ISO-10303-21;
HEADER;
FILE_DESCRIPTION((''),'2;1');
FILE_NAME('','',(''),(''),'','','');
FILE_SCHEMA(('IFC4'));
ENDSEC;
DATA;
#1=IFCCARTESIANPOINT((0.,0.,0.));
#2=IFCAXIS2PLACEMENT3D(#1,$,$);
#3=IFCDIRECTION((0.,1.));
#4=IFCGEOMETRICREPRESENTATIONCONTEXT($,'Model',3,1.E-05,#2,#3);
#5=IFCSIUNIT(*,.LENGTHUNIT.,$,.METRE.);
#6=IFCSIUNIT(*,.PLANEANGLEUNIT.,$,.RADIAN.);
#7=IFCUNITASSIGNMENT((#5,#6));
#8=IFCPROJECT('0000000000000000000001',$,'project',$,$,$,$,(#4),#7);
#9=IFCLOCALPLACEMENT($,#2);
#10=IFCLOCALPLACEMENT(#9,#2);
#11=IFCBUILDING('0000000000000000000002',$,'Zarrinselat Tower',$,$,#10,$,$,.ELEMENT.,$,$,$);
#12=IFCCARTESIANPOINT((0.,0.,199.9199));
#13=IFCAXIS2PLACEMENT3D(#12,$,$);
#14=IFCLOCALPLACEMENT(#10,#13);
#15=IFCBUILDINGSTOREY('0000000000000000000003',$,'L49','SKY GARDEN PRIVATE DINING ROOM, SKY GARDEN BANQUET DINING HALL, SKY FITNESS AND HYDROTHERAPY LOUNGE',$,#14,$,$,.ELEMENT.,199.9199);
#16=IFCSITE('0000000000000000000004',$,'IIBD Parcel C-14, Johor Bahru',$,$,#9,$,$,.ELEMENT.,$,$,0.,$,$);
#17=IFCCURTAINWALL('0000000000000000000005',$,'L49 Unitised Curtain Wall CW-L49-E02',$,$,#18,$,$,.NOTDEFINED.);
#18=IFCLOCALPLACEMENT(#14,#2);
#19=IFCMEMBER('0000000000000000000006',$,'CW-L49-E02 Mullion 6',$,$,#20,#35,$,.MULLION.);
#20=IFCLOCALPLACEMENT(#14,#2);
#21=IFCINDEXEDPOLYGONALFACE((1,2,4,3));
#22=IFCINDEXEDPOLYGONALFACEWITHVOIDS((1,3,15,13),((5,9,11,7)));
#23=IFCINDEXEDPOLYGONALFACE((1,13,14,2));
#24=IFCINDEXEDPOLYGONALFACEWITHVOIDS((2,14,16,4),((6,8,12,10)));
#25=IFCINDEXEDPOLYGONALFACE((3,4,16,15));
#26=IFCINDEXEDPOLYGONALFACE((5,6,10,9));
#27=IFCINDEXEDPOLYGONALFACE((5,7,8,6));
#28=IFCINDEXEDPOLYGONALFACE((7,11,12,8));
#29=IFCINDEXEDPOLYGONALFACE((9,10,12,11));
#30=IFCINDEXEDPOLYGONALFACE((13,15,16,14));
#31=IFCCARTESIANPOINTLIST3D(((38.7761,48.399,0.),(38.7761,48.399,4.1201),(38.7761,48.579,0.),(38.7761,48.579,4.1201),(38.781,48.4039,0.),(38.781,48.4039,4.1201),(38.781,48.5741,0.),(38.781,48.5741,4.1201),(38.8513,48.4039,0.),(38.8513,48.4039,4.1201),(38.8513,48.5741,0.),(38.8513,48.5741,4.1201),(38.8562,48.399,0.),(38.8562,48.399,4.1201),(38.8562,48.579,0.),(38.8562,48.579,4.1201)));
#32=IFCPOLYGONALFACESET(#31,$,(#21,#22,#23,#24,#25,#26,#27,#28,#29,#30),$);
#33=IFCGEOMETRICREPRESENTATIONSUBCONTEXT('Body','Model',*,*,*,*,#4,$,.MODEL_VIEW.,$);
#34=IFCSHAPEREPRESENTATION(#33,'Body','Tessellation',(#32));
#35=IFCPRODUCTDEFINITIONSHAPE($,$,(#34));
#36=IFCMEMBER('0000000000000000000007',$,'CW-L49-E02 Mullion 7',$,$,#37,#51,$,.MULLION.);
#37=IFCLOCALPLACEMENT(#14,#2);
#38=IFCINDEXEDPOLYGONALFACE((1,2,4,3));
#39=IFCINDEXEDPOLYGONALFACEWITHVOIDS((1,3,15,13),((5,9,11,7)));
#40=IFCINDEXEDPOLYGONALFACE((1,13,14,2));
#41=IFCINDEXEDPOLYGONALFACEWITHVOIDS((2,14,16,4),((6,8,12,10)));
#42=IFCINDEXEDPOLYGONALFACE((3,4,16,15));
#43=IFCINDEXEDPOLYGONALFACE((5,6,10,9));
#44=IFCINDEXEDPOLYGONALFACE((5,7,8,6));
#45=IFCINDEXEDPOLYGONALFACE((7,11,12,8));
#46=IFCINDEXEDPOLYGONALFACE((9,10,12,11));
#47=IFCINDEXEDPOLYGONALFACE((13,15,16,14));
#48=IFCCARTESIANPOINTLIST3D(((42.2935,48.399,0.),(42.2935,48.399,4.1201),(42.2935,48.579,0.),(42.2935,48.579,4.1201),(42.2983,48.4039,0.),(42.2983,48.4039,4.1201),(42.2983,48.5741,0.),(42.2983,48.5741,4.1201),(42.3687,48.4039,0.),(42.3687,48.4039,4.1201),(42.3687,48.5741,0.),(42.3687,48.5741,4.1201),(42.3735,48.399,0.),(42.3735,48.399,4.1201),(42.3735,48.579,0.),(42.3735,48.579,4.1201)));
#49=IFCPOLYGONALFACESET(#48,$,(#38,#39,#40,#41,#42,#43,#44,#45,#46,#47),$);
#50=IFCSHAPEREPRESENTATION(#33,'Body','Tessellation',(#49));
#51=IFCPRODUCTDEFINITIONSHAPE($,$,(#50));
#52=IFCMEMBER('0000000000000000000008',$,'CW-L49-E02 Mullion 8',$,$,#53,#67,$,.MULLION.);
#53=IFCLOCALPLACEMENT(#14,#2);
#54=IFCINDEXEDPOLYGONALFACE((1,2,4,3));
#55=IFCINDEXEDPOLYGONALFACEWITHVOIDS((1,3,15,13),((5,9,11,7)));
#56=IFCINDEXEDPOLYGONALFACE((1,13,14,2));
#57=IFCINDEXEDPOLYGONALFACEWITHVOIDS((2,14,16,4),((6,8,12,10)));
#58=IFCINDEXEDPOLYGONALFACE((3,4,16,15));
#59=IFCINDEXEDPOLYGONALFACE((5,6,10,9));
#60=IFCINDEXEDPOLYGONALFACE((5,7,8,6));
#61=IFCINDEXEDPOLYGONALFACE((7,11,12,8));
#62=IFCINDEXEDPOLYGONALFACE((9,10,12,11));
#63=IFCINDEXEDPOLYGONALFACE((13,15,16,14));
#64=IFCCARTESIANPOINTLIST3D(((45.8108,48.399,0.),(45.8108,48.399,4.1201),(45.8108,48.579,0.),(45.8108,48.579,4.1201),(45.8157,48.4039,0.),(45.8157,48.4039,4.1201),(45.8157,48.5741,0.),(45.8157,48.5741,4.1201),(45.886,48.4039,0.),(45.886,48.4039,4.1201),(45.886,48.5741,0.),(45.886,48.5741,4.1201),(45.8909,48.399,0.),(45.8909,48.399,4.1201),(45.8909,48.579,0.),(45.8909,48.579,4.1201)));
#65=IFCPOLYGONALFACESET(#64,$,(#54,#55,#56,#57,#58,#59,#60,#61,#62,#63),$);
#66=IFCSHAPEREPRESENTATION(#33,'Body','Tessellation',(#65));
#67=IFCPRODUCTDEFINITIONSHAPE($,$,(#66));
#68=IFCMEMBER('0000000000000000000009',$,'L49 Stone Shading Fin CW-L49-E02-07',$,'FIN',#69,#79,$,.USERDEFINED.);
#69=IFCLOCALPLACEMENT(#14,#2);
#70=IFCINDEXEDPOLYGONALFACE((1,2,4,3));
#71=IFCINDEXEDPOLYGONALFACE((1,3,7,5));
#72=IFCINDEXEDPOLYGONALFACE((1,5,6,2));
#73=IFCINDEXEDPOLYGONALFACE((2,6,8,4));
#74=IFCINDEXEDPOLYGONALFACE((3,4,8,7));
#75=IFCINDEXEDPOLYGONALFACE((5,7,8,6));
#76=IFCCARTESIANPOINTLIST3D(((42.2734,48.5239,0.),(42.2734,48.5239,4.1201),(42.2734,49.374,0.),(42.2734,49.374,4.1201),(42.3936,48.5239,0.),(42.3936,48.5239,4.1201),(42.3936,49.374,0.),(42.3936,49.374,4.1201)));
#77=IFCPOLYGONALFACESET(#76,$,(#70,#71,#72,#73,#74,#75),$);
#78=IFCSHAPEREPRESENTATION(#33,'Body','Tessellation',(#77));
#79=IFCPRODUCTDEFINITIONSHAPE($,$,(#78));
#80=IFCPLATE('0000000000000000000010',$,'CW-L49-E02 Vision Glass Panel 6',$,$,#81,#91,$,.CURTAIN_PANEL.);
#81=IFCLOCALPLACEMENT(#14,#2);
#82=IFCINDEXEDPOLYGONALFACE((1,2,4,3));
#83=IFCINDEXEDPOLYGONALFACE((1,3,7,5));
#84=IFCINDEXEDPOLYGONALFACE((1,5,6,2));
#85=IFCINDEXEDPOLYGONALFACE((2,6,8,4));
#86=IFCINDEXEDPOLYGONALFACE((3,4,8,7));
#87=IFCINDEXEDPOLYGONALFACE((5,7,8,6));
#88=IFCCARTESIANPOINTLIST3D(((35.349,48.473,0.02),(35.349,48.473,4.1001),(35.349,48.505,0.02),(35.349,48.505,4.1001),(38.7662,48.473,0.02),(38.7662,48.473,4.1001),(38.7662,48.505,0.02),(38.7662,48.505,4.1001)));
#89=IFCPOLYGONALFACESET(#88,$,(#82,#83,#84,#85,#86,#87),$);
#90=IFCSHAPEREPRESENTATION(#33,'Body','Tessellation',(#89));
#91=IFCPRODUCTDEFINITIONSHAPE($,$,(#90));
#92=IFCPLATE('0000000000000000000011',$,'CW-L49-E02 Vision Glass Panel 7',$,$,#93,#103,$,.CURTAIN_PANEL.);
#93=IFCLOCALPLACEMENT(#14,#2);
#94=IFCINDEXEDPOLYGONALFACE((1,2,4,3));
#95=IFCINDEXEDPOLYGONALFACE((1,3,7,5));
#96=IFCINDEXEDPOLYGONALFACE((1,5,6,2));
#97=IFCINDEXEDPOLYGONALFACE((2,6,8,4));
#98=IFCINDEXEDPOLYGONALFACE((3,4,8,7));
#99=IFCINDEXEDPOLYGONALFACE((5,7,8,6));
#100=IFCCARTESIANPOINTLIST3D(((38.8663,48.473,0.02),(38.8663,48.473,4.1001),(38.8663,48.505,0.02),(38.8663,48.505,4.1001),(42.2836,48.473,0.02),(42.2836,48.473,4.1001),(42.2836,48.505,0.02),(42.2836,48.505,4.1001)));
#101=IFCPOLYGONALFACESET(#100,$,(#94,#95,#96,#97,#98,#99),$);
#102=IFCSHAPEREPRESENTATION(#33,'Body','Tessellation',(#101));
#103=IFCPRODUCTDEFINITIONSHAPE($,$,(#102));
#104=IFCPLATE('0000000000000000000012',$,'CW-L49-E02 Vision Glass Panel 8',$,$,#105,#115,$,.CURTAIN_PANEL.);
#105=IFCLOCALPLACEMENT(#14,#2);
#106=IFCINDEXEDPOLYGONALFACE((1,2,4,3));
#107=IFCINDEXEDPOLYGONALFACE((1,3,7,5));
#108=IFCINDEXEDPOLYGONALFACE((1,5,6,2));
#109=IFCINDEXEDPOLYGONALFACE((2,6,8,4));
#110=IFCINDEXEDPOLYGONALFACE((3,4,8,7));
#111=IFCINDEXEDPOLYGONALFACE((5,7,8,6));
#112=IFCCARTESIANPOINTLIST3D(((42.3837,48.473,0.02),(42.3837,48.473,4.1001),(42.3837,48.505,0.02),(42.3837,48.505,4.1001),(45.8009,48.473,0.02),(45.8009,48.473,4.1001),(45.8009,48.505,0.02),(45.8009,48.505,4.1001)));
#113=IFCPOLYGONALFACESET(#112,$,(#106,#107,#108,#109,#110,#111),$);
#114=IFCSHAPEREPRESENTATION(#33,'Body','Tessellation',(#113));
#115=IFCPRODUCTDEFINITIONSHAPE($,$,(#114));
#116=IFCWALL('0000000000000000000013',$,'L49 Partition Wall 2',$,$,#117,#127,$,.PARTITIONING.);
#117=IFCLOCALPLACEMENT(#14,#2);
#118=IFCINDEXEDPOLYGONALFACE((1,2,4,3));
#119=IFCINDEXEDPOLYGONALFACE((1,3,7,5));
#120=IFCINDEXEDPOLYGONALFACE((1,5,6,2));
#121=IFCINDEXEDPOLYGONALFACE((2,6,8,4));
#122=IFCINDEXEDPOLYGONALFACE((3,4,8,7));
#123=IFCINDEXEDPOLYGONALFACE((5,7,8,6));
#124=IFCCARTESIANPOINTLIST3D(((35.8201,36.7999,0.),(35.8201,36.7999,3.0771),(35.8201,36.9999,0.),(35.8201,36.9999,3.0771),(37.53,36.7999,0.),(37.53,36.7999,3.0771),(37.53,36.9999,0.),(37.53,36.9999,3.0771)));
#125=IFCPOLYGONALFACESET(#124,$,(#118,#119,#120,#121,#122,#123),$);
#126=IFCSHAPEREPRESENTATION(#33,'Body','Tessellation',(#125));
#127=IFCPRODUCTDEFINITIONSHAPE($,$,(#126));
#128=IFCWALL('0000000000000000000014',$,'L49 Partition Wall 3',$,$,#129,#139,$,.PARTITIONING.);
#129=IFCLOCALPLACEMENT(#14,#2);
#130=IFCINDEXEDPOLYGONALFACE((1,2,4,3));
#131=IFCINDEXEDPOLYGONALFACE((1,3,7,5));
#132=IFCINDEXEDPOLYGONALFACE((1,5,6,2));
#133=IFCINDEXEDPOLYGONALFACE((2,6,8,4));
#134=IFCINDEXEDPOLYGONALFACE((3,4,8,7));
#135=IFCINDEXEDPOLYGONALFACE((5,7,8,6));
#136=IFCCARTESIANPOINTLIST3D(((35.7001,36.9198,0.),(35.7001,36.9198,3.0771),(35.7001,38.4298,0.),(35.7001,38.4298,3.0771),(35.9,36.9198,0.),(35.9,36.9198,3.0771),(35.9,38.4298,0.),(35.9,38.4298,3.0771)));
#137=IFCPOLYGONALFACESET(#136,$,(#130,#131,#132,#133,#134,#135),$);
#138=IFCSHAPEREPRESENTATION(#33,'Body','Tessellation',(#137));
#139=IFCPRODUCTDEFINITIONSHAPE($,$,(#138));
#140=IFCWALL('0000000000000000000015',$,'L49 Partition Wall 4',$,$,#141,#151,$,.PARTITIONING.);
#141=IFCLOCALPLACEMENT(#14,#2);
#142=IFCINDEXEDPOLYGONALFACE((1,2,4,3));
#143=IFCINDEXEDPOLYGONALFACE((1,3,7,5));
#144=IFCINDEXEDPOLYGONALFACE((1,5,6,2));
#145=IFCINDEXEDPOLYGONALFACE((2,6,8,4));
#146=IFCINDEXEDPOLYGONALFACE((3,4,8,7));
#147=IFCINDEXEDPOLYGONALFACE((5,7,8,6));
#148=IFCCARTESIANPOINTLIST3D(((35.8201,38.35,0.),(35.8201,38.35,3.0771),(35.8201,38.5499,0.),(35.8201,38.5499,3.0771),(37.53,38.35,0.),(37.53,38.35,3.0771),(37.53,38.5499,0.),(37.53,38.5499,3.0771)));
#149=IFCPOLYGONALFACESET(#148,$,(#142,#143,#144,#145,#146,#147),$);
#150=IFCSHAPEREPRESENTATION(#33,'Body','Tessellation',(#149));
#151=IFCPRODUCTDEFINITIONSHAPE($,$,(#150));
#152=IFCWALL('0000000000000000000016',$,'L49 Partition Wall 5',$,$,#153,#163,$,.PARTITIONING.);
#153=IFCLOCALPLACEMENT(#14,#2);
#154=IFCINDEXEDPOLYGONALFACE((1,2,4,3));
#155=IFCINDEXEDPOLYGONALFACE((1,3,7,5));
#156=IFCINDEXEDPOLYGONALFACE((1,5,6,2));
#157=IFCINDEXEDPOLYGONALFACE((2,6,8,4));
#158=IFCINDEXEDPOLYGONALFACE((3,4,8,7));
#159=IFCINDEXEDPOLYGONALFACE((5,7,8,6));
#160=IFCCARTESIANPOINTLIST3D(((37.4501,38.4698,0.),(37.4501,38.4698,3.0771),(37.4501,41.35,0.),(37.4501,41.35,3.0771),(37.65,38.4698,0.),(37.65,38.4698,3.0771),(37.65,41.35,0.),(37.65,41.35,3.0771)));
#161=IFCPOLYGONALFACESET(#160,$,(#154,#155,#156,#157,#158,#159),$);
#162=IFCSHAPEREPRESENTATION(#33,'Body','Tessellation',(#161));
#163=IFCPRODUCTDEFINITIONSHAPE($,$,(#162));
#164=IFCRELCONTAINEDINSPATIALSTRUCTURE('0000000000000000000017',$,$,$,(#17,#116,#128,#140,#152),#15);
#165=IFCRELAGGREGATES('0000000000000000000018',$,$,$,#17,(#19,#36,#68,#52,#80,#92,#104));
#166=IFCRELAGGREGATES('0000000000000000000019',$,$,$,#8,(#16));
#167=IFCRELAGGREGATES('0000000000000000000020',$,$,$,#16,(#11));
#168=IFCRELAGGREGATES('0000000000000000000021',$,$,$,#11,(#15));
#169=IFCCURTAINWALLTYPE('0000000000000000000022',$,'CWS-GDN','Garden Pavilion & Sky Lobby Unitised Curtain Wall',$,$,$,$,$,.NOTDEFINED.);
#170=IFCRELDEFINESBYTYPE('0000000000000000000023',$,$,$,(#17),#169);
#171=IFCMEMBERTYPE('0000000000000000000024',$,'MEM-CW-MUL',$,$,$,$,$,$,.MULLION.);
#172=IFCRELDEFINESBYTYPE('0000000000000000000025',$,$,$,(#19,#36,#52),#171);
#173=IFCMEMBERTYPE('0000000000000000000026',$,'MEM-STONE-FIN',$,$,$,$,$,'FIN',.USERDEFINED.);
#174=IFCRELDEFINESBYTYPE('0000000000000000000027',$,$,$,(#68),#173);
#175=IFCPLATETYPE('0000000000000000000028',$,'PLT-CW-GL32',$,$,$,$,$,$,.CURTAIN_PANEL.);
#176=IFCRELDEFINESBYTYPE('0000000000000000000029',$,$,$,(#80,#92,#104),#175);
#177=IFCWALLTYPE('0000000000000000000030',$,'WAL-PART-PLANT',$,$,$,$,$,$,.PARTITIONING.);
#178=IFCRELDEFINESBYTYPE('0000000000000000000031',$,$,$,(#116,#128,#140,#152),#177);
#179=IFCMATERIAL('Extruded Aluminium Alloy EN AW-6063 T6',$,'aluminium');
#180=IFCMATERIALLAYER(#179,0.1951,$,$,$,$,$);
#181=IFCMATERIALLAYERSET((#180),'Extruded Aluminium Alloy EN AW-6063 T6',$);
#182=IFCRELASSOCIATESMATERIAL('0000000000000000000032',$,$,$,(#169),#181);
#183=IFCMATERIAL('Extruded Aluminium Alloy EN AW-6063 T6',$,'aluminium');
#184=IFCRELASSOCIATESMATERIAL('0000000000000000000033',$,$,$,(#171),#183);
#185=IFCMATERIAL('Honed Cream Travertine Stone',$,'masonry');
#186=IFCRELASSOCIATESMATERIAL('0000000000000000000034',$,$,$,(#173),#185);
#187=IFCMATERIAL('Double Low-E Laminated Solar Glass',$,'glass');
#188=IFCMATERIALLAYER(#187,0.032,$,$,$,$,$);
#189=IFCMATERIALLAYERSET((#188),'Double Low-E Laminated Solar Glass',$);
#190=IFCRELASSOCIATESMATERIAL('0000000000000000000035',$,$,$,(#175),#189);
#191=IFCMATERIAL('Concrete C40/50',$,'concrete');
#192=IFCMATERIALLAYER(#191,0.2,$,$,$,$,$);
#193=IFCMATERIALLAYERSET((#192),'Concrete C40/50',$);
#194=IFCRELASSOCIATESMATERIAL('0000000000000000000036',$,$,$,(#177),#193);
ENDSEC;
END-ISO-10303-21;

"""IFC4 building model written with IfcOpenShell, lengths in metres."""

from ifc_helpers import new_model, si_unit, direction, frame, frame_2d, origin, origin_2d, place, context, subcontext, project, spatial, rectangle, hollow_rectangle, extrude, material, layer, layer_set, material_profile, profile_set, type_object, element, aggregate, save


model = new_model("IFC4")

# Units and contexts
model_context = context("Model", 3, precision=1e-05, world=origin(), true_north=direction((0.0, 1.0)))
body_context = subcontext(model_context, "Body", "Model", "MODEL_VIEW")
ifc_project = project(units=[si_unit("LENGTHUNIT", "METRE"), si_unit("PLANEANGLEUNIT", "RADIAN")], contexts=[model_context])

# Site, building, storey
site_placement = place(None, origin())
site = spatial("IfcSite", under=ifc_project, at=site_placement, Name="IIBD Parcel C-14, Johor Bahru", CompositionType="ELEMENT", RefElevation=0.0)
building_placement = place(site_placement, origin())
building = spatial("IfcBuilding", under=site, at=building_placement, Name="Zarrinselat Tower", CompositionType="ELEMENT")
storey_placement = place(building_placement, frame((0.0, 0.0, 199.9199)))
storey = spatial("IfcBuildingStorey", under=building, at=storey_placement, Name="L49", Description="SKY GARDEN PRIVATE DINING ROOM, SKY GARDEN BANQUET DINING HALL, SKY FITNESS AND HYDROTHERAPY LOUNGE", CompositionType="ELEMENT", Elevation=199.9199)

# Curtain wall, members, plates
ifc_material_1 = material(Name="Extruded Aluminium Alloy EN AW-6063 T6", Category="aluminium")
ifc_layer_1 = layer(ifc_material_1, 0.1951)
ifc_layer_set_1 = layer_set([ifc_layer_1], Name="Extruded Aluminium Alloy EN AW-6063 T6")
curtain_wall_type = type_object("IfcCurtainWallType", Name="CWS-GDN", Description="Garden Pavilion & Sky Lobby Unitised Curtain Wall", PredefinedType="NOTDEFINED", material=ifc_layer_set_1)
curtain_wall_placement = place(storey_placement, origin())
curtain_wall = element("IfcCurtainWall", 1, at=curtain_wall_placement, inside=storey, type_object=curtain_wall_type, Name="L49 Unitised Curtain Wall CW-L49-E02", PredefinedType="NOTDEFINED")
ifc_material_2 = material(Name="Extruded Aluminium Alloy EN AW-6063 T6", Category="aluminium")
ifc_material_profile_1 = material_profile(ifc_material_2, hollow_rectangle(XDim=0.0801, YDim=0.1799, WallThickness=0.0049, at=origin_2d()), Name="RHS 180x80x5")
ifc_profile_set_1 = profile_set([ifc_material_profile_1], Name="Extruded Aluminium Alloy EN AW-6063 T6")
member_type_1 = type_object("IfcMemberType", Name="MEM-CW-MUL", PredefinedType="MULLION", material=ifc_profile_set_1)
member_1_placement = place(storey_placement, frame((38.8162, 48.489, 0.0), z_axis=(0.0, 0.0, 1.0), x_axis=(1.0, 0.0, 0.0)))
member_1 = element("IfcMember", 2, at=member_1_placement, type_object=member_type_1, Name="CW-L49-E02 Mullion 6", PredefinedType="MULLION", context=body_context, shape_type="SweptSolid", body=[
    extrude(hollow_rectangle(XDim=0.0801, YDim=0.1799, WallThickness=0.0049, at=origin_2d()), origin(), (0.0, 0.0, 1.0), 4.1201),
])
member_2_placement = place(storey_placement, frame((42.3335, 48.489, 0.0), z_axis=(0.0, 0.0, 1.0), x_axis=(1.0, 0.0, 0.0)))
member_2 = element("IfcMember", 3, at=member_2_placement, type_object=member_type_1, Name="CW-L49-E02 Mullion 7", PredefinedType="MULLION", context=body_context, shape_type="SweptSolid", body=[
    extrude(hollow_rectangle(XDim=0.0801, YDim=0.1799, WallThickness=0.0049, at=origin_2d()), origin(), (0.0, 0.0, 1.0), 4.1201),
])
member_3_placement = place(storey_placement, frame((45.8508, 48.489, 0.0), z_axis=(0.0, 0.0, 1.0), x_axis=(1.0, 0.0, 0.0)))
member_3 = element("IfcMember", 4, at=member_3_placement, type_object=member_type_1, Name="CW-L49-E02 Mullion 8", PredefinedType="MULLION", context=body_context, shape_type="SweptSolid", body=[
    extrude(hollow_rectangle(XDim=0.0801, YDim=0.1799, WallThickness=0.0049, at=origin_2d()), origin(), (0.0, 0.0, 1.0), 4.1201),
])
ifc_material_3 = material(Name="Honed Cream Travertine Stone", Category="masonry")
ifc_material_profile_2 = material_profile(ifc_material_3, rectangle(XDim=0.1201, YDim=0.8501, at=origin_2d()), Name="FIN 850x120")
ifc_profile_set_2 = profile_set([ifc_material_profile_2], Name="Honed Cream Travertine Stone")
member_type_2 = type_object("IfcMemberType", Name="MEM-STONE-FIN", ElementType="FIN", PredefinedType="USERDEFINED", material=ifc_profile_set_2)
member_4_placement = place(storey_placement, frame((42.3335, 48.949, 0.0), z_axis=(0.0, 0.0, 1.0), x_axis=(1.0, 0.0, 0.0)))
member_4 = element("IfcMember", 5, at=member_4_placement, type_object=member_type_2, Name="L49 Stone Shading Fin CW-L49-E02-07", ObjectType="FIN", PredefinedType="USERDEFINED", context=body_context, shape_type="SweptSolid", body=[
    extrude(rectangle(XDim=0.1201, YDim=0.8501, at=origin_2d()), origin(), (0.0, 0.0, 1.0), 4.1201),
])
ifc_material_4 = material(Name="Double Low-E Laminated Solar Glass", Category="glass")
ifc_layer_2 = layer(ifc_material_4, 0.032)
ifc_layer_set_2 = layer_set([ifc_layer_2], Name="Double Low-E Laminated Solar Glass")
plate_type = type_object("IfcPlateType", Name="PLT-CW-GL32", PredefinedType="CURTAIN_PANEL", material=ifc_layer_set_2)
plate_1_placement = place(storey_placement, frame((37.0576, 48.489, 0.02), z_axis=(0.0, 0.0, 1.0), x_axis=(1.0, 0.0, 0.0)))
plate_1 = element("IfcPlate", 6, at=plate_1_placement, type_object=plate_type, Name="CW-L49-E02 Vision Glass Panel 6", PredefinedType="CURTAIN_PANEL", context=body_context, shape_type="SweptSolid", body=[
    extrude(rectangle(XDim=3.4172, YDim=0.032, at=origin_2d()), origin(), (0.0, 0.0, 1.0), 4.0801),
])
plate_2_placement = place(storey_placement, frame((40.575, 48.489, 0.02), z_axis=(0.0, 0.0, 1.0), x_axis=(1.0, 0.0, 0.0)))
plate_2 = element("IfcPlate", 7, at=plate_2_placement, type_object=plate_type, Name="CW-L49-E02 Vision Glass Panel 7", PredefinedType="CURTAIN_PANEL", context=body_context, shape_type="SweptSolid", body=[
    extrude(rectangle(XDim=3.4172, YDim=0.032, at=origin_2d()), origin(), (0.0, 0.0, 1.0), 4.0801),
])
plate_3_placement = place(storey_placement, frame((44.0923, 48.489, 0.02), z_axis=(0.0, 0.0, 1.0), x_axis=(1.0, 0.0, 0.0)))
plate_3 = element("IfcPlate", 8, at=plate_3_placement, type_object=plate_type, Name="CW-L49-E02 Vision Glass Panel 8", PredefinedType="CURTAIN_PANEL", context=body_context, shape_type="SweptSolid", body=[
    extrude(rectangle(XDim=3.4172, YDim=0.032, at=origin_2d()), origin(), (0.0, 0.0, 1.0), 4.0801),
])
aggregate(curtain_wall, [member_1, member_2, member_4, member_3, plate_1, plate_2, plate_3])

# Walls
ifc_material_5 = material(Name="Concrete C40/50", Category="concrete")
ifc_layer_3 = layer(ifc_material_5, 0.2)
ifc_layer_set_3 = layer_set([ifc_layer_3], Name="Concrete C40/50")
wall_type_1 = type_object("IfcWallType", Name="WAL-PART-PLANT", PredefinedType="PARTITIONING", material=ifc_layer_set_3)
wall_1_placement = place(storey_placement, frame((35.8201, 36.8999, 0.0), z_axis=(0.0, 0.0, 1.0), x_axis=(1.0, 0.0, 0.0)))
element("IfcWall", 9, at=wall_1_placement, inside=storey, type_object=wall_type_1, Name="L49 Partition Wall 2", PredefinedType="PARTITIONING", context=body_context, shape_type="SweptSolid", body=[
    extrude(rectangle(XDim=1.71, YDim=0.2, at=frame_2d((0.855, 0.0))), origin(), (0.0, 0.0, 1.0), 3.0771),
])
wall_2_placement = place(storey_placement, frame((35.8, 36.9199, 0.0), z_axis=(0.0, 0.0, 1.0), x_axis=(0.0, 1.0, 0.0)))
element("IfcWall", 10, at=wall_2_placement, inside=storey, type_object=wall_type_1, Name="L49 Partition Wall 3", PredefinedType="PARTITIONING", context=body_context, shape_type="SweptSolid", body=[
    extrude(rectangle(XDim=1.51, YDim=0.2, at=frame_2d((0.7549, 0.0))), origin(), (0.0, 0.0, 1.0), 3.0771),
])
wall_3_placement = place(storey_placement, frame((35.8201, 38.45, 0.0), z_axis=(0.0, 0.0, 1.0), x_axis=(1.0, 0.0, 0.0)))
element("IfcWall", 11, at=wall_3_placement, inside=storey, type_object=wall_type_1, Name="L49 Partition Wall 4", PredefinedType="PARTITIONING", context=body_context, shape_type="SweptSolid", body=[
    extrude(rectangle(XDim=1.71, YDim=0.2, at=frame_2d((0.855, 0.0))), origin(), (0.0, 0.0, 1.0), 3.0771),
])
wall_4_placement = place(storey_placement, frame((37.55, 38.47, 0.0), z_axis=(0.0, 0.0, 1.0), x_axis=(0.0, 1.0, 0.0)))
element("IfcWall", 12, at=wall_4_placement, inside=storey, type_object=wall_type_1, Name="L49 Partition Wall 5", PredefinedType="PARTITIONING", context=body_context, shape_type="SweptSolid", body=[
    extrude(rectangle(XDim=2.8801, YDim=0.2, at=frame_2d((1.4399, 0.0))), origin(), (0.0, 0.0, 1.0), 3.0771),
])

save(model, "model.ifc")
